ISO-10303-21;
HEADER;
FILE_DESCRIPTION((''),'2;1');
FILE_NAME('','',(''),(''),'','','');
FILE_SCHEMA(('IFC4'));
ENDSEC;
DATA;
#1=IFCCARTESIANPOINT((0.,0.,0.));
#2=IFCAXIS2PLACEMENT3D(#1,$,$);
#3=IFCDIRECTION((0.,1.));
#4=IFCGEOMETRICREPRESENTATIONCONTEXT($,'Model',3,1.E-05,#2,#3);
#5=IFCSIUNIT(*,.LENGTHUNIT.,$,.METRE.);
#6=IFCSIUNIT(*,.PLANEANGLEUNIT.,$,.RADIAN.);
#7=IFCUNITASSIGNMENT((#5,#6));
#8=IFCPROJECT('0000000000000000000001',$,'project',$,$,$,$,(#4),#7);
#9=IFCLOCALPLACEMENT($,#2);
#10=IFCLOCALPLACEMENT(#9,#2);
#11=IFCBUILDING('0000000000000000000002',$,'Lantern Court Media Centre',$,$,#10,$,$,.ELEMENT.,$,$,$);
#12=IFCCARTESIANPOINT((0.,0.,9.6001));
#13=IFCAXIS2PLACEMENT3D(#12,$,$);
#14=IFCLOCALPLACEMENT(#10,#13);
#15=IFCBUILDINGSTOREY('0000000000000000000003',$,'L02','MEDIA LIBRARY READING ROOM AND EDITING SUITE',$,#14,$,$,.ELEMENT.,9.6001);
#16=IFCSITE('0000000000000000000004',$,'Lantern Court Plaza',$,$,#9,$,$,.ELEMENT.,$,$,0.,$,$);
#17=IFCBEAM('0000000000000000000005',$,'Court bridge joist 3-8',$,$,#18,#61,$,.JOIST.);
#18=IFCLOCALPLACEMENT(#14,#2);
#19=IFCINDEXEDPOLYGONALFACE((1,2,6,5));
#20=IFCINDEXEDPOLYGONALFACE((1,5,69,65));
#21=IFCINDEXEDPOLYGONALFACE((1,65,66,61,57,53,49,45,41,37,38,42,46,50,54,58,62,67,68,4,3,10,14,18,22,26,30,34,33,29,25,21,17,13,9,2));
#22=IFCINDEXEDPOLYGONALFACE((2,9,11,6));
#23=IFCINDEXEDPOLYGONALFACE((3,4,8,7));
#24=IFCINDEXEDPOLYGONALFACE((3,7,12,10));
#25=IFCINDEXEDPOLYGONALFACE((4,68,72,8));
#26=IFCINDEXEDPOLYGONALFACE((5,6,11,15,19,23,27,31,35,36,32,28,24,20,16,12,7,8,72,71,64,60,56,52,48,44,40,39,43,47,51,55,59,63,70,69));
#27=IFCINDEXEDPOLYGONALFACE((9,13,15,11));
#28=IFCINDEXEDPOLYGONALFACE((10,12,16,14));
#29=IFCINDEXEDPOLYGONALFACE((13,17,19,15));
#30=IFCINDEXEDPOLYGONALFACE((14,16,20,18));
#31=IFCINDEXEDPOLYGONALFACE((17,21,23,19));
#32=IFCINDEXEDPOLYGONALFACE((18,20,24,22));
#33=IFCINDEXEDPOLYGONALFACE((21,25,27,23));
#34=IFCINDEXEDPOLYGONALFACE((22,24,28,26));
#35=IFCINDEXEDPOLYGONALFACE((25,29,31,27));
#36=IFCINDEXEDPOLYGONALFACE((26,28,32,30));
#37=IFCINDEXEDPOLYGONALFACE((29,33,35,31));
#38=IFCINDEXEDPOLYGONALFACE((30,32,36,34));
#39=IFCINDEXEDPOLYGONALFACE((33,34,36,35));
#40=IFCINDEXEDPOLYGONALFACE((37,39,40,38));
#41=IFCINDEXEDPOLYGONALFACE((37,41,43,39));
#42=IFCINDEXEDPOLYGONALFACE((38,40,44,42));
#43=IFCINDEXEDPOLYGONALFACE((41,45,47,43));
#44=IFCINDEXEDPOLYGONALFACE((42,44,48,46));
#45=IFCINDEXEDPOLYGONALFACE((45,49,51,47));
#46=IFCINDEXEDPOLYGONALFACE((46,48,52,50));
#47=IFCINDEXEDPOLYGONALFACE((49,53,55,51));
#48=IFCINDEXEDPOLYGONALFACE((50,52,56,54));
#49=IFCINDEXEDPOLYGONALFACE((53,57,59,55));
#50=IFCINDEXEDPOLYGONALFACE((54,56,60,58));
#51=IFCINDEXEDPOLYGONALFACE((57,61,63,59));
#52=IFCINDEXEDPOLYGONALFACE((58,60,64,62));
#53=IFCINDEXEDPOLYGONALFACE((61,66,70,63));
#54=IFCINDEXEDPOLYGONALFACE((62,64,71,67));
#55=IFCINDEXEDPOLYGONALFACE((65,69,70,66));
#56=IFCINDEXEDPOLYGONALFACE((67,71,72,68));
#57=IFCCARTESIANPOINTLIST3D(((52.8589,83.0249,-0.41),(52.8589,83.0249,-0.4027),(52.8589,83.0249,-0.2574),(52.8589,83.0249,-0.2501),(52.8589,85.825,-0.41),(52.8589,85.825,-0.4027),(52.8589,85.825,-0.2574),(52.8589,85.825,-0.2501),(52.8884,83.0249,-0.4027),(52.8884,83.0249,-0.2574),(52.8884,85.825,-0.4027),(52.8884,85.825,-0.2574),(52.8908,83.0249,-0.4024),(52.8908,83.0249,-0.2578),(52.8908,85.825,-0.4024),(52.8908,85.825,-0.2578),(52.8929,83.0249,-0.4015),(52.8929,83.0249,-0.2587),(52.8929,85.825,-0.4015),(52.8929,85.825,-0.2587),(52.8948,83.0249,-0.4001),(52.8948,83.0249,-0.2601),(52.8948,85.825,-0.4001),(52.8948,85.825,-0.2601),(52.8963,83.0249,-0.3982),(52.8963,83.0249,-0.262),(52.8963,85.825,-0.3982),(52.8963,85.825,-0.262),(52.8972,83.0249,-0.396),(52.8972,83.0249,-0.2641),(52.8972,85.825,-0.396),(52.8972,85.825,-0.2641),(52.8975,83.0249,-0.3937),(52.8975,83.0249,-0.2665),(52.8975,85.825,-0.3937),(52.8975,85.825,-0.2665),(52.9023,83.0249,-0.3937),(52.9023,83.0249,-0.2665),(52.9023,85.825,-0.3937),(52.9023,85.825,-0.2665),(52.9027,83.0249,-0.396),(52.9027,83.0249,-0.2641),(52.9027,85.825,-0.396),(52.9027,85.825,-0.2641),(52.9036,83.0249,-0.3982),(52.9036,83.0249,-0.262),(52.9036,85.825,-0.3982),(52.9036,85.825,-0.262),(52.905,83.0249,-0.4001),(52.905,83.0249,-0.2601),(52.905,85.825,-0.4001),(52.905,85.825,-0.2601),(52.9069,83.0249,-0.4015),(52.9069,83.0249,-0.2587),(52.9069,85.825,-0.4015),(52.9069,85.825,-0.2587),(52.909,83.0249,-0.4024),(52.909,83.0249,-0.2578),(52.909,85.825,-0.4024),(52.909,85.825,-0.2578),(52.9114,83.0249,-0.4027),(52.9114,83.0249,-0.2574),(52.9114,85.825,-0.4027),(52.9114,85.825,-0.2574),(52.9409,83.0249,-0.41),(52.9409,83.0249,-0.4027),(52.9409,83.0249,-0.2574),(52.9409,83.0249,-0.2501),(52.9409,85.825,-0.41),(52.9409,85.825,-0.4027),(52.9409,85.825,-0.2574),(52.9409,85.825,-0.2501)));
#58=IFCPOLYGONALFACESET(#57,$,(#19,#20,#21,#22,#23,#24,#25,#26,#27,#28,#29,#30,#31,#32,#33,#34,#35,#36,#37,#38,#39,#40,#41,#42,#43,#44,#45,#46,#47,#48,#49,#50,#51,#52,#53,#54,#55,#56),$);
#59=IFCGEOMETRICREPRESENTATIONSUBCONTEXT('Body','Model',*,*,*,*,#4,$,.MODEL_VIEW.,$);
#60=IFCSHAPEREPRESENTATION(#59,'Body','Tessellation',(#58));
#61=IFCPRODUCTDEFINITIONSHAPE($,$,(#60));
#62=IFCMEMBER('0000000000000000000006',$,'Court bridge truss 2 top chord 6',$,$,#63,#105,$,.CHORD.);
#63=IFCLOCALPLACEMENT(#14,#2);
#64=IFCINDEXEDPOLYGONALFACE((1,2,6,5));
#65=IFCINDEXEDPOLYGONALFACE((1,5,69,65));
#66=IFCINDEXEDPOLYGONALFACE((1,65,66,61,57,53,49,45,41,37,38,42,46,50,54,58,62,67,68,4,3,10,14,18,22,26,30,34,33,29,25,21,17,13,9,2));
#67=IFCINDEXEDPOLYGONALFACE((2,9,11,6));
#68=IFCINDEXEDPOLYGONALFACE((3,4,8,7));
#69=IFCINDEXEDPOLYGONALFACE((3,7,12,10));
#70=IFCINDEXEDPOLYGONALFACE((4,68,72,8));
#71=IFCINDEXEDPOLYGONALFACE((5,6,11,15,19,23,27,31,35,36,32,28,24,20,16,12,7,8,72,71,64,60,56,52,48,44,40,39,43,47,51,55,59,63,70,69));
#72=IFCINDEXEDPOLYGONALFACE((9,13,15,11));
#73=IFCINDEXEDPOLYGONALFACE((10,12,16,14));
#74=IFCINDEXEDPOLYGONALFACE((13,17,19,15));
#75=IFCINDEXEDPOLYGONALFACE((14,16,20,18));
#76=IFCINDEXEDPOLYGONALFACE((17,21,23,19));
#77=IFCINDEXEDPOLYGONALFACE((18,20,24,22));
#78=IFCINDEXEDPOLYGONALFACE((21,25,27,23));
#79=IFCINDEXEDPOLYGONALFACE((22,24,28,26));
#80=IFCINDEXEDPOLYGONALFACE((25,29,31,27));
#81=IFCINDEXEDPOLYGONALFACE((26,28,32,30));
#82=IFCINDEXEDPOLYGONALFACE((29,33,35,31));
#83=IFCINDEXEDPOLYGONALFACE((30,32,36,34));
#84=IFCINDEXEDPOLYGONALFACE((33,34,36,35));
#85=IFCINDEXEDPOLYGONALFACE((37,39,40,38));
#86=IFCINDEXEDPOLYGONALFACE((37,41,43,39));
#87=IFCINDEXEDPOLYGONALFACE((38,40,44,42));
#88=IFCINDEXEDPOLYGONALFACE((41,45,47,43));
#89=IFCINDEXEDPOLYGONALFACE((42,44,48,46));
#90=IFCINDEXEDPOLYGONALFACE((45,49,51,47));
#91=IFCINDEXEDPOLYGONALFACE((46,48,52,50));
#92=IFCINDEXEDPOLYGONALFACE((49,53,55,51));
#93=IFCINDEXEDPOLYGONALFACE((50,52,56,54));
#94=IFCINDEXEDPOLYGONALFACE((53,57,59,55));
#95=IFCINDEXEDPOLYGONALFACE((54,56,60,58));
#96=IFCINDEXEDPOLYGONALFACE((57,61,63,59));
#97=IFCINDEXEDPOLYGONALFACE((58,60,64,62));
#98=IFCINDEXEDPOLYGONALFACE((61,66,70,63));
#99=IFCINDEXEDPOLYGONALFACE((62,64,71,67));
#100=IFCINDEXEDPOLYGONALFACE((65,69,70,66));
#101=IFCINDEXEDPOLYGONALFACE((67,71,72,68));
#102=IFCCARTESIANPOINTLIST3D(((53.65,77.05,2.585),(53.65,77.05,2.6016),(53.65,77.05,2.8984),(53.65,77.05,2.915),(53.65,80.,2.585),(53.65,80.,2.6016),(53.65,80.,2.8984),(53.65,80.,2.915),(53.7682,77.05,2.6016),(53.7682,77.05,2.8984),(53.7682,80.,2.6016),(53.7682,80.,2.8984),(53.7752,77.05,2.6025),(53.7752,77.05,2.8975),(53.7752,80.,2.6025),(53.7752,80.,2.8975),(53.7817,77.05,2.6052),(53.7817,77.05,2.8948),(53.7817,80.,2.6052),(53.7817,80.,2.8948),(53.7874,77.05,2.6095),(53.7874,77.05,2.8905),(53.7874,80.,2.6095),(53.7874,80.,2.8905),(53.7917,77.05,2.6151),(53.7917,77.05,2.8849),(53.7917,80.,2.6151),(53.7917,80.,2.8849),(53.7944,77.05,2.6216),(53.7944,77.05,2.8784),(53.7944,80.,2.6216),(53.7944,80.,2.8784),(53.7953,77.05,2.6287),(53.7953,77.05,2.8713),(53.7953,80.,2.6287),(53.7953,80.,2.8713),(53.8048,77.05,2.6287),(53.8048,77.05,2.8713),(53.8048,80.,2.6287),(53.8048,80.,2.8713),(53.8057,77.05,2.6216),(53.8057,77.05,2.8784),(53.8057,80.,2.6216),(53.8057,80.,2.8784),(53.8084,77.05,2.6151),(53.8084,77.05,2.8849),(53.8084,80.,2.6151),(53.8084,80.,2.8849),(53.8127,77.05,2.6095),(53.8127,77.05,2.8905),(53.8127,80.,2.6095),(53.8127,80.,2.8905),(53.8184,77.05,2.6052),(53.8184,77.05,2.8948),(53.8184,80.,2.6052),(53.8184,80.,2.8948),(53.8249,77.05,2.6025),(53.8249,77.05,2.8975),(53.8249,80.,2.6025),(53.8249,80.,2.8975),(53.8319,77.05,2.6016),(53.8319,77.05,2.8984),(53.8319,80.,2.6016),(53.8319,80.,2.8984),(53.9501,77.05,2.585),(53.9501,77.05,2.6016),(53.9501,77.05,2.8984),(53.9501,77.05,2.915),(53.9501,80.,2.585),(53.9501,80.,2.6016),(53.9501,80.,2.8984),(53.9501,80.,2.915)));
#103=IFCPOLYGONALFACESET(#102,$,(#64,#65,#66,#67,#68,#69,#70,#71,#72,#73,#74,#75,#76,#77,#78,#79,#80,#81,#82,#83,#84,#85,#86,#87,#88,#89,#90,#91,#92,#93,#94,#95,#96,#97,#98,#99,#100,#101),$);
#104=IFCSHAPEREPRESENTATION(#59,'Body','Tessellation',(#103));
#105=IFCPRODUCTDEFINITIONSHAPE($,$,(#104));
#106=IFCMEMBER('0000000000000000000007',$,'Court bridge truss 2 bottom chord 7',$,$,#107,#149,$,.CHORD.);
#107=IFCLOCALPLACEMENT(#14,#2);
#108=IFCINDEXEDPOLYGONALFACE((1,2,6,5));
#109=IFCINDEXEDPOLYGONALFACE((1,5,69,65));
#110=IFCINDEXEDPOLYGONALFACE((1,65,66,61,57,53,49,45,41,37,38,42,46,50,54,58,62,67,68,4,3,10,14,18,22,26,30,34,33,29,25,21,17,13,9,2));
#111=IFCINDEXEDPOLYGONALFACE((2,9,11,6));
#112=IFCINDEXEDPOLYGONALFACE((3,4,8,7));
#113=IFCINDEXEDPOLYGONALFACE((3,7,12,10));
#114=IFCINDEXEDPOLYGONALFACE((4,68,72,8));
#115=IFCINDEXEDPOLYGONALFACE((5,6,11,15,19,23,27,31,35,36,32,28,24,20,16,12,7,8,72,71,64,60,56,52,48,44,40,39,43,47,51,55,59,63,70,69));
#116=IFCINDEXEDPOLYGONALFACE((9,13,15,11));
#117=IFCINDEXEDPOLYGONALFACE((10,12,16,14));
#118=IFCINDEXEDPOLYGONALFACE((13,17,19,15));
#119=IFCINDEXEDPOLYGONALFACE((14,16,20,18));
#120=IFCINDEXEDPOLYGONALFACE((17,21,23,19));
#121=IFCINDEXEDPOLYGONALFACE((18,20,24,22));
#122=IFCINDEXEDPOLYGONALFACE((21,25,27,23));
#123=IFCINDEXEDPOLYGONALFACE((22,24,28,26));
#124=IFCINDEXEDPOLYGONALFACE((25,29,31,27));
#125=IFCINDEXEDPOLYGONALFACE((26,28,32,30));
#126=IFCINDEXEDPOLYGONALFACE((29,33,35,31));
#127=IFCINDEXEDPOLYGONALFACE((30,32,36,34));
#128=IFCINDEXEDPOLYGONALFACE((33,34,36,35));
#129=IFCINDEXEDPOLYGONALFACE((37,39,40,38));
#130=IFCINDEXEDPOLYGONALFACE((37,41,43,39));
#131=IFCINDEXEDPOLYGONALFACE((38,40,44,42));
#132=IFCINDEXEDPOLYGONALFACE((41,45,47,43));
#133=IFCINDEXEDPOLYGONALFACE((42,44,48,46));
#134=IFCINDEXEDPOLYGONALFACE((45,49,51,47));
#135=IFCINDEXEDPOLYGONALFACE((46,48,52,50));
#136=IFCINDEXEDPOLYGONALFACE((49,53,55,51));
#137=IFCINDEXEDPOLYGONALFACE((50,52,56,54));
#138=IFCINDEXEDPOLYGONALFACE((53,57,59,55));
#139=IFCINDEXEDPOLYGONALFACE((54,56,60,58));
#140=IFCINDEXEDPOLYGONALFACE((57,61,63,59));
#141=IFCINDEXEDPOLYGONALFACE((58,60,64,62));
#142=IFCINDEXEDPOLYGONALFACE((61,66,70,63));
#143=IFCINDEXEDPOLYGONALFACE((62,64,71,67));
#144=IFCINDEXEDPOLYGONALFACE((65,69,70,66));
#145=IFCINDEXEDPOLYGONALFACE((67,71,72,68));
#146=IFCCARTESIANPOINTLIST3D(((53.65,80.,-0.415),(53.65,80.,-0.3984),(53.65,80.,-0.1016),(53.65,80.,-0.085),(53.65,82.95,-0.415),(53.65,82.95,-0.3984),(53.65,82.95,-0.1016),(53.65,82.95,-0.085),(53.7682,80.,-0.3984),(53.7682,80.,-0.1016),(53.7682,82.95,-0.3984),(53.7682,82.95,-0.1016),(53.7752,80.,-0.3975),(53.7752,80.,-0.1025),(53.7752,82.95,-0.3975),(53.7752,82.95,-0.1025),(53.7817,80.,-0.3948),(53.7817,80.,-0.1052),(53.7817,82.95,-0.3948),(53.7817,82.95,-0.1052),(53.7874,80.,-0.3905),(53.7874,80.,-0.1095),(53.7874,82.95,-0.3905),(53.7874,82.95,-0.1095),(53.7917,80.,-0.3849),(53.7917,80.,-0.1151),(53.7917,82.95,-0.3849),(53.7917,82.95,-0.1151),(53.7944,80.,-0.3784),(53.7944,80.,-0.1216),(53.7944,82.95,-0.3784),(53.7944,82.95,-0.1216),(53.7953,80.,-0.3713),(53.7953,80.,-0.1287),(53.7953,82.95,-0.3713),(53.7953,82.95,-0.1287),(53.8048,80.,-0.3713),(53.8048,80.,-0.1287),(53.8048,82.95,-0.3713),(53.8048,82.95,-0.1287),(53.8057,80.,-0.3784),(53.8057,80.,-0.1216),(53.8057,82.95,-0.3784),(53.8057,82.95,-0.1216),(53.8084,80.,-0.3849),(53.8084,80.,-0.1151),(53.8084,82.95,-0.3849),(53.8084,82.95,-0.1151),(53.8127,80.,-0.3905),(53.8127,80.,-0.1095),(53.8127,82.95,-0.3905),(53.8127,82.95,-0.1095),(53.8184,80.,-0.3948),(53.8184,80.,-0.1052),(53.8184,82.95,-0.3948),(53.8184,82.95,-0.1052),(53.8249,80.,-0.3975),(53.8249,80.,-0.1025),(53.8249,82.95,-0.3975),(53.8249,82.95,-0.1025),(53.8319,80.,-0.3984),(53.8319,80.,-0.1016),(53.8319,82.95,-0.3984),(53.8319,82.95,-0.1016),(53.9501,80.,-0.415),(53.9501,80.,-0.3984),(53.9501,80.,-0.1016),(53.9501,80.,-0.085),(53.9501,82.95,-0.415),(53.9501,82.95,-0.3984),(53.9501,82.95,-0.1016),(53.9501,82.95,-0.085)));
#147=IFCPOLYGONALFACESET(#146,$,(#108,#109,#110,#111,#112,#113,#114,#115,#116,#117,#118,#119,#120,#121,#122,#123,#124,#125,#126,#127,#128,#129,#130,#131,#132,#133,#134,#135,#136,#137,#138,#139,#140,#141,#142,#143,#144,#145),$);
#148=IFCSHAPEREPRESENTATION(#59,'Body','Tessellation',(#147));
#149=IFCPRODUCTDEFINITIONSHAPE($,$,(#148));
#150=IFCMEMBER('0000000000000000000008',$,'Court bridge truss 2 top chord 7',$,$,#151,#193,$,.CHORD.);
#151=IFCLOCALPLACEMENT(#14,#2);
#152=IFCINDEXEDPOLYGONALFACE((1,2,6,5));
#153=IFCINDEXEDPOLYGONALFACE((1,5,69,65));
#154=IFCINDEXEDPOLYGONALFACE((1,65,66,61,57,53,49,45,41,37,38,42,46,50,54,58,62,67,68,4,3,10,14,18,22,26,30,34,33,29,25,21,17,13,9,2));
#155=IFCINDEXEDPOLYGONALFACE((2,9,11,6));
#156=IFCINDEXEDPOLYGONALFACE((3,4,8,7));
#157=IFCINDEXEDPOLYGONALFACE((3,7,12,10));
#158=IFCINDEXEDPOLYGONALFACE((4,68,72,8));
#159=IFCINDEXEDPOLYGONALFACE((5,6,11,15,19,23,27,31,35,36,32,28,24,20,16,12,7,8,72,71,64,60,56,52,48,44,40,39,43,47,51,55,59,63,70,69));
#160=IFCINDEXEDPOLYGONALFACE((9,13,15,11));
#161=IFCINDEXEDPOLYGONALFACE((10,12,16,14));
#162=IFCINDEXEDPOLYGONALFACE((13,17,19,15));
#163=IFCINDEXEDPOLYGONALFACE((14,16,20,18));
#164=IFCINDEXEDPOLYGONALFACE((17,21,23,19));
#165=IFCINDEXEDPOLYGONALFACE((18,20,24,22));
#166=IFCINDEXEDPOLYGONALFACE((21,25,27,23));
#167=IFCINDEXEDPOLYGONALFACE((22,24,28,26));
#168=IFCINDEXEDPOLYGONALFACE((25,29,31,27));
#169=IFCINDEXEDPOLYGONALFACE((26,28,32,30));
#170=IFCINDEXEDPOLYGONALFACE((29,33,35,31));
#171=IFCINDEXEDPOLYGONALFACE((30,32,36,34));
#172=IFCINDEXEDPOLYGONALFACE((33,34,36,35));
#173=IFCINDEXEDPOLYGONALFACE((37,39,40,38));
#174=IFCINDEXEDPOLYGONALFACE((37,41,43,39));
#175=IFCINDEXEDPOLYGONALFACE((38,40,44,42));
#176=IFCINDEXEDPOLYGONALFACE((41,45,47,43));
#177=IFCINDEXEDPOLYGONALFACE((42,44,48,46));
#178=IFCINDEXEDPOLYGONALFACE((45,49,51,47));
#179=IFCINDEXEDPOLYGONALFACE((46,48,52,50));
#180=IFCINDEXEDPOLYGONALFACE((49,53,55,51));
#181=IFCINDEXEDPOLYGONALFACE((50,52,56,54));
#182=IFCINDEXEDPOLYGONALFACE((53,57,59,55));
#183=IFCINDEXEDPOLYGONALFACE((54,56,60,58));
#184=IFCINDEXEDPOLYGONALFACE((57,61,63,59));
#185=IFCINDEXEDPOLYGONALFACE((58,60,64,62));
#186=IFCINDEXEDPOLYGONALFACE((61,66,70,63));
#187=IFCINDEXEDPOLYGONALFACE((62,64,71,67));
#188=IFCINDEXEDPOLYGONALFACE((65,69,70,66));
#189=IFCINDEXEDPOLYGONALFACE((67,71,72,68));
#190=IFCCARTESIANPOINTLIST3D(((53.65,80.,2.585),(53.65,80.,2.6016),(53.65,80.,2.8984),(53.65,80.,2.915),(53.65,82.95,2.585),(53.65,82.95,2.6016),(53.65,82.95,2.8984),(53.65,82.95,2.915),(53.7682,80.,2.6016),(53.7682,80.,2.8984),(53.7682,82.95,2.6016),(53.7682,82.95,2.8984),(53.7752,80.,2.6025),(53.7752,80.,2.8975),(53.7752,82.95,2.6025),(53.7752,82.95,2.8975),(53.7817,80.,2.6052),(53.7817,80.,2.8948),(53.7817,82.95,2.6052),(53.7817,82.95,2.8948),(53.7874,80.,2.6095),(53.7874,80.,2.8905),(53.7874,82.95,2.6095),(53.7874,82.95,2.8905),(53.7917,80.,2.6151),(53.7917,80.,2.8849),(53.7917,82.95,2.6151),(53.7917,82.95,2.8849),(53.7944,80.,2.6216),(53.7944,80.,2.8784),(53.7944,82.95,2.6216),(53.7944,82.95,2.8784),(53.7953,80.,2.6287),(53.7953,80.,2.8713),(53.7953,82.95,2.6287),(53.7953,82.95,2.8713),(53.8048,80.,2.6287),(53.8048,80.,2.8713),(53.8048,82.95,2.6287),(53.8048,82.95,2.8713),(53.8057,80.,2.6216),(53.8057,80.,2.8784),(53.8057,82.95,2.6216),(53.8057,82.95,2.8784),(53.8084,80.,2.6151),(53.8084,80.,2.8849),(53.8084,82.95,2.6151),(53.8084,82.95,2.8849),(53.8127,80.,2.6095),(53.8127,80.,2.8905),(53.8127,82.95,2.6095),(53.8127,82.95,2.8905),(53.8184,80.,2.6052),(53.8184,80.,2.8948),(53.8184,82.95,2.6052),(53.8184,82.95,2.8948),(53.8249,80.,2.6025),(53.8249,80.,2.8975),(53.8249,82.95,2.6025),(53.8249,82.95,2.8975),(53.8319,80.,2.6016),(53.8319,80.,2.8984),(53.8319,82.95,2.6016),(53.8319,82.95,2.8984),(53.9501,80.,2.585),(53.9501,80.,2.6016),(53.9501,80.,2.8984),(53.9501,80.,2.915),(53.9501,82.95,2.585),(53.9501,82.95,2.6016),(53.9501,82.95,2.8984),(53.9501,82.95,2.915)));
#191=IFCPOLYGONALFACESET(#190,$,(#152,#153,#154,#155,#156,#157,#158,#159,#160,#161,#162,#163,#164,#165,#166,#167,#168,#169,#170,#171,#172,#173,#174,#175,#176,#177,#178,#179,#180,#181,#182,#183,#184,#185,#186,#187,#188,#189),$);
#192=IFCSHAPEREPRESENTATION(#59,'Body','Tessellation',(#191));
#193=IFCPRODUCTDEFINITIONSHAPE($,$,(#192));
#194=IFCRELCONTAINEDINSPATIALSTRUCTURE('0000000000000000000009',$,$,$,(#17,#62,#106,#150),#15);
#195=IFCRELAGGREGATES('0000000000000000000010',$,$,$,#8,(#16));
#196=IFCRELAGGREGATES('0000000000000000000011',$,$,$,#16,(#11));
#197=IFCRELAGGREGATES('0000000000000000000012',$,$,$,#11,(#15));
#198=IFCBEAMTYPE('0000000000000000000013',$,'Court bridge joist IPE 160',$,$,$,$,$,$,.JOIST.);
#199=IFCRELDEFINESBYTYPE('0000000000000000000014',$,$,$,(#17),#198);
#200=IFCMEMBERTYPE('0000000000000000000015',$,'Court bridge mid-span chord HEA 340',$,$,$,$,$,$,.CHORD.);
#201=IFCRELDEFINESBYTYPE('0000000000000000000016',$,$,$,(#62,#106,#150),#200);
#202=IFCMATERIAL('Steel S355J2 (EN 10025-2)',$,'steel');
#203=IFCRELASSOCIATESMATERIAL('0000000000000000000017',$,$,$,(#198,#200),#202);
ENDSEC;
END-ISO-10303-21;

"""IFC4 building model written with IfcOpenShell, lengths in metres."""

from ifc_helpers import new_model, si_unit, direction, frame, origin, origin_2d, place, context, subcontext, project, spatial, i_section, extrude, material, material_profile, profile_set, type_object, element, save


model = new_model("IFC4")

# Units and contexts
model_context = context("Model", 3, precision=1e-05, world=origin(), true_north=direction((0.0, 1.0)))
body_context = subcontext(model_context, "Body", "Model", "MODEL_VIEW")
ifc_project = project(units=[si_unit("LENGTHUNIT", "METRE"), si_unit("PLANEANGLEUNIT", "RADIAN")], contexts=[model_context])

# Site, building, storey
site_placement = place(None, origin())
site = spatial("IfcSite", under=ifc_project, at=site_placement, Name="Lantern Court Plaza", CompositionType="ELEMENT", RefElevation=0.0)
building_placement = place(site_placement, origin())
building = spatial("IfcBuilding", under=site, at=building_placement, Name="Lantern Court Media Centre", CompositionType="ELEMENT")
storey_placement = place(building_placement, frame((0.0, 0.0, 9.6001)))
storey = spatial("IfcBuildingStorey", under=building, at=storey_placement, Name="L02", Description="MEDIA LIBRARY READING ROOM AND EDITING SUITE", CompositionType="ELEMENT", Elevation=9.6001)

# Shared definitions
ifc_material_1 = material(Name="Steel S355J2 (EN 10025-2)", Category="steel")

# Beam
ifc_material_profile_1 = material_profile(ifc_material_1, i_section(OverallWidth=0.082, OverallDepth=0.1599, WebThickness=0.0049, FlangeThickness=0.0073, FilletRadius=0.009, at=origin_2d()), Name="IPE 160")
ifc_profile_set_1 = profile_set([ifc_material_profile_1], Name="Steel S355J2 (EN 10025-2)")
beam_type_1 = type_object("IfcBeamType", Name="Court bridge joist IPE 160", PredefinedType="JOIST", material=ifc_profile_set_1)
beam_1_placement = place(storey_placement, frame((52.8999, 83.0249, -0.3301), z_axis=(0.0, 1.0, 0.0), x_axis=(-1.0, 0.0, 0.0)))
element("IfcBeam", 1, at=beam_1_placement, inside=storey, type_object=beam_type_1, Name="Court bridge joist 3-8", PredefinedType="JOIST", context=body_context, shape_type="SweptSolid", body=[
    extrude(i_section(OverallWidth=0.082, OverallDepth=0.1599, WebThickness=0.0049, FlangeThickness=0.0073, FilletRadius=0.009, at=origin_2d()), origin(), (0.0, 0.0, 1.0), 2.8),
])

# Members
ifc_material_profile_2 = material_profile(ifc_material_1, i_section(OverallWidth=0.3, OverallDepth=0.3301, WebThickness=0.0095, FlangeThickness=0.0166, FilletRadius=0.0271, at=origin_2d()), Name="HEA 340")
ifc_profile_set_2 = profile_set([ifc_material_profile_2], Name="Steel S355J2 (EN 10025-2)")
member_type_1 = type_object("IfcMemberType", Name="Court bridge mid-span chord HEA 340", PredefinedType="CHORD", material=ifc_profile_set_2)
for number, where, z_axis, x_axis, name in (
    (2, (53.8, 77.05, 2.75), (0.0, 1.0, 0.0), (-1.0, 0.0, 0.0), "Court bridge truss 2 top chord 6"),
    (3, (53.8, 80.0, -0.25), (0.0, 1.0, 0.0), (-1.0, 0.0, 0.0), "Court bridge truss 2 bottom chord 7"),
    (4, (53.8, 80.0, 2.75), (0.0, 1.0, 0.0), (-1.0, 0.0, 0.0), "Court bridge truss 2 top chord 7"),
):
    element("IfcMember", number, at=place(storey_placement, frame(where, z_axis=z_axis, x_axis=x_axis)), inside=storey, type_object=member_type_1, Name=name, PredefinedType="CHORD", context=body_context, shape_type="SweptSolid", body=[
        extrude(i_section(OverallWidth=0.3, OverallDepth=0.3301, WebThickness=0.0095, FlangeThickness=0.0166, FilletRadius=0.0271, at=origin_2d()), origin(), (0.0, 0.0, 1.0), 2.95),
    ])

save(model, "model.ifc")
